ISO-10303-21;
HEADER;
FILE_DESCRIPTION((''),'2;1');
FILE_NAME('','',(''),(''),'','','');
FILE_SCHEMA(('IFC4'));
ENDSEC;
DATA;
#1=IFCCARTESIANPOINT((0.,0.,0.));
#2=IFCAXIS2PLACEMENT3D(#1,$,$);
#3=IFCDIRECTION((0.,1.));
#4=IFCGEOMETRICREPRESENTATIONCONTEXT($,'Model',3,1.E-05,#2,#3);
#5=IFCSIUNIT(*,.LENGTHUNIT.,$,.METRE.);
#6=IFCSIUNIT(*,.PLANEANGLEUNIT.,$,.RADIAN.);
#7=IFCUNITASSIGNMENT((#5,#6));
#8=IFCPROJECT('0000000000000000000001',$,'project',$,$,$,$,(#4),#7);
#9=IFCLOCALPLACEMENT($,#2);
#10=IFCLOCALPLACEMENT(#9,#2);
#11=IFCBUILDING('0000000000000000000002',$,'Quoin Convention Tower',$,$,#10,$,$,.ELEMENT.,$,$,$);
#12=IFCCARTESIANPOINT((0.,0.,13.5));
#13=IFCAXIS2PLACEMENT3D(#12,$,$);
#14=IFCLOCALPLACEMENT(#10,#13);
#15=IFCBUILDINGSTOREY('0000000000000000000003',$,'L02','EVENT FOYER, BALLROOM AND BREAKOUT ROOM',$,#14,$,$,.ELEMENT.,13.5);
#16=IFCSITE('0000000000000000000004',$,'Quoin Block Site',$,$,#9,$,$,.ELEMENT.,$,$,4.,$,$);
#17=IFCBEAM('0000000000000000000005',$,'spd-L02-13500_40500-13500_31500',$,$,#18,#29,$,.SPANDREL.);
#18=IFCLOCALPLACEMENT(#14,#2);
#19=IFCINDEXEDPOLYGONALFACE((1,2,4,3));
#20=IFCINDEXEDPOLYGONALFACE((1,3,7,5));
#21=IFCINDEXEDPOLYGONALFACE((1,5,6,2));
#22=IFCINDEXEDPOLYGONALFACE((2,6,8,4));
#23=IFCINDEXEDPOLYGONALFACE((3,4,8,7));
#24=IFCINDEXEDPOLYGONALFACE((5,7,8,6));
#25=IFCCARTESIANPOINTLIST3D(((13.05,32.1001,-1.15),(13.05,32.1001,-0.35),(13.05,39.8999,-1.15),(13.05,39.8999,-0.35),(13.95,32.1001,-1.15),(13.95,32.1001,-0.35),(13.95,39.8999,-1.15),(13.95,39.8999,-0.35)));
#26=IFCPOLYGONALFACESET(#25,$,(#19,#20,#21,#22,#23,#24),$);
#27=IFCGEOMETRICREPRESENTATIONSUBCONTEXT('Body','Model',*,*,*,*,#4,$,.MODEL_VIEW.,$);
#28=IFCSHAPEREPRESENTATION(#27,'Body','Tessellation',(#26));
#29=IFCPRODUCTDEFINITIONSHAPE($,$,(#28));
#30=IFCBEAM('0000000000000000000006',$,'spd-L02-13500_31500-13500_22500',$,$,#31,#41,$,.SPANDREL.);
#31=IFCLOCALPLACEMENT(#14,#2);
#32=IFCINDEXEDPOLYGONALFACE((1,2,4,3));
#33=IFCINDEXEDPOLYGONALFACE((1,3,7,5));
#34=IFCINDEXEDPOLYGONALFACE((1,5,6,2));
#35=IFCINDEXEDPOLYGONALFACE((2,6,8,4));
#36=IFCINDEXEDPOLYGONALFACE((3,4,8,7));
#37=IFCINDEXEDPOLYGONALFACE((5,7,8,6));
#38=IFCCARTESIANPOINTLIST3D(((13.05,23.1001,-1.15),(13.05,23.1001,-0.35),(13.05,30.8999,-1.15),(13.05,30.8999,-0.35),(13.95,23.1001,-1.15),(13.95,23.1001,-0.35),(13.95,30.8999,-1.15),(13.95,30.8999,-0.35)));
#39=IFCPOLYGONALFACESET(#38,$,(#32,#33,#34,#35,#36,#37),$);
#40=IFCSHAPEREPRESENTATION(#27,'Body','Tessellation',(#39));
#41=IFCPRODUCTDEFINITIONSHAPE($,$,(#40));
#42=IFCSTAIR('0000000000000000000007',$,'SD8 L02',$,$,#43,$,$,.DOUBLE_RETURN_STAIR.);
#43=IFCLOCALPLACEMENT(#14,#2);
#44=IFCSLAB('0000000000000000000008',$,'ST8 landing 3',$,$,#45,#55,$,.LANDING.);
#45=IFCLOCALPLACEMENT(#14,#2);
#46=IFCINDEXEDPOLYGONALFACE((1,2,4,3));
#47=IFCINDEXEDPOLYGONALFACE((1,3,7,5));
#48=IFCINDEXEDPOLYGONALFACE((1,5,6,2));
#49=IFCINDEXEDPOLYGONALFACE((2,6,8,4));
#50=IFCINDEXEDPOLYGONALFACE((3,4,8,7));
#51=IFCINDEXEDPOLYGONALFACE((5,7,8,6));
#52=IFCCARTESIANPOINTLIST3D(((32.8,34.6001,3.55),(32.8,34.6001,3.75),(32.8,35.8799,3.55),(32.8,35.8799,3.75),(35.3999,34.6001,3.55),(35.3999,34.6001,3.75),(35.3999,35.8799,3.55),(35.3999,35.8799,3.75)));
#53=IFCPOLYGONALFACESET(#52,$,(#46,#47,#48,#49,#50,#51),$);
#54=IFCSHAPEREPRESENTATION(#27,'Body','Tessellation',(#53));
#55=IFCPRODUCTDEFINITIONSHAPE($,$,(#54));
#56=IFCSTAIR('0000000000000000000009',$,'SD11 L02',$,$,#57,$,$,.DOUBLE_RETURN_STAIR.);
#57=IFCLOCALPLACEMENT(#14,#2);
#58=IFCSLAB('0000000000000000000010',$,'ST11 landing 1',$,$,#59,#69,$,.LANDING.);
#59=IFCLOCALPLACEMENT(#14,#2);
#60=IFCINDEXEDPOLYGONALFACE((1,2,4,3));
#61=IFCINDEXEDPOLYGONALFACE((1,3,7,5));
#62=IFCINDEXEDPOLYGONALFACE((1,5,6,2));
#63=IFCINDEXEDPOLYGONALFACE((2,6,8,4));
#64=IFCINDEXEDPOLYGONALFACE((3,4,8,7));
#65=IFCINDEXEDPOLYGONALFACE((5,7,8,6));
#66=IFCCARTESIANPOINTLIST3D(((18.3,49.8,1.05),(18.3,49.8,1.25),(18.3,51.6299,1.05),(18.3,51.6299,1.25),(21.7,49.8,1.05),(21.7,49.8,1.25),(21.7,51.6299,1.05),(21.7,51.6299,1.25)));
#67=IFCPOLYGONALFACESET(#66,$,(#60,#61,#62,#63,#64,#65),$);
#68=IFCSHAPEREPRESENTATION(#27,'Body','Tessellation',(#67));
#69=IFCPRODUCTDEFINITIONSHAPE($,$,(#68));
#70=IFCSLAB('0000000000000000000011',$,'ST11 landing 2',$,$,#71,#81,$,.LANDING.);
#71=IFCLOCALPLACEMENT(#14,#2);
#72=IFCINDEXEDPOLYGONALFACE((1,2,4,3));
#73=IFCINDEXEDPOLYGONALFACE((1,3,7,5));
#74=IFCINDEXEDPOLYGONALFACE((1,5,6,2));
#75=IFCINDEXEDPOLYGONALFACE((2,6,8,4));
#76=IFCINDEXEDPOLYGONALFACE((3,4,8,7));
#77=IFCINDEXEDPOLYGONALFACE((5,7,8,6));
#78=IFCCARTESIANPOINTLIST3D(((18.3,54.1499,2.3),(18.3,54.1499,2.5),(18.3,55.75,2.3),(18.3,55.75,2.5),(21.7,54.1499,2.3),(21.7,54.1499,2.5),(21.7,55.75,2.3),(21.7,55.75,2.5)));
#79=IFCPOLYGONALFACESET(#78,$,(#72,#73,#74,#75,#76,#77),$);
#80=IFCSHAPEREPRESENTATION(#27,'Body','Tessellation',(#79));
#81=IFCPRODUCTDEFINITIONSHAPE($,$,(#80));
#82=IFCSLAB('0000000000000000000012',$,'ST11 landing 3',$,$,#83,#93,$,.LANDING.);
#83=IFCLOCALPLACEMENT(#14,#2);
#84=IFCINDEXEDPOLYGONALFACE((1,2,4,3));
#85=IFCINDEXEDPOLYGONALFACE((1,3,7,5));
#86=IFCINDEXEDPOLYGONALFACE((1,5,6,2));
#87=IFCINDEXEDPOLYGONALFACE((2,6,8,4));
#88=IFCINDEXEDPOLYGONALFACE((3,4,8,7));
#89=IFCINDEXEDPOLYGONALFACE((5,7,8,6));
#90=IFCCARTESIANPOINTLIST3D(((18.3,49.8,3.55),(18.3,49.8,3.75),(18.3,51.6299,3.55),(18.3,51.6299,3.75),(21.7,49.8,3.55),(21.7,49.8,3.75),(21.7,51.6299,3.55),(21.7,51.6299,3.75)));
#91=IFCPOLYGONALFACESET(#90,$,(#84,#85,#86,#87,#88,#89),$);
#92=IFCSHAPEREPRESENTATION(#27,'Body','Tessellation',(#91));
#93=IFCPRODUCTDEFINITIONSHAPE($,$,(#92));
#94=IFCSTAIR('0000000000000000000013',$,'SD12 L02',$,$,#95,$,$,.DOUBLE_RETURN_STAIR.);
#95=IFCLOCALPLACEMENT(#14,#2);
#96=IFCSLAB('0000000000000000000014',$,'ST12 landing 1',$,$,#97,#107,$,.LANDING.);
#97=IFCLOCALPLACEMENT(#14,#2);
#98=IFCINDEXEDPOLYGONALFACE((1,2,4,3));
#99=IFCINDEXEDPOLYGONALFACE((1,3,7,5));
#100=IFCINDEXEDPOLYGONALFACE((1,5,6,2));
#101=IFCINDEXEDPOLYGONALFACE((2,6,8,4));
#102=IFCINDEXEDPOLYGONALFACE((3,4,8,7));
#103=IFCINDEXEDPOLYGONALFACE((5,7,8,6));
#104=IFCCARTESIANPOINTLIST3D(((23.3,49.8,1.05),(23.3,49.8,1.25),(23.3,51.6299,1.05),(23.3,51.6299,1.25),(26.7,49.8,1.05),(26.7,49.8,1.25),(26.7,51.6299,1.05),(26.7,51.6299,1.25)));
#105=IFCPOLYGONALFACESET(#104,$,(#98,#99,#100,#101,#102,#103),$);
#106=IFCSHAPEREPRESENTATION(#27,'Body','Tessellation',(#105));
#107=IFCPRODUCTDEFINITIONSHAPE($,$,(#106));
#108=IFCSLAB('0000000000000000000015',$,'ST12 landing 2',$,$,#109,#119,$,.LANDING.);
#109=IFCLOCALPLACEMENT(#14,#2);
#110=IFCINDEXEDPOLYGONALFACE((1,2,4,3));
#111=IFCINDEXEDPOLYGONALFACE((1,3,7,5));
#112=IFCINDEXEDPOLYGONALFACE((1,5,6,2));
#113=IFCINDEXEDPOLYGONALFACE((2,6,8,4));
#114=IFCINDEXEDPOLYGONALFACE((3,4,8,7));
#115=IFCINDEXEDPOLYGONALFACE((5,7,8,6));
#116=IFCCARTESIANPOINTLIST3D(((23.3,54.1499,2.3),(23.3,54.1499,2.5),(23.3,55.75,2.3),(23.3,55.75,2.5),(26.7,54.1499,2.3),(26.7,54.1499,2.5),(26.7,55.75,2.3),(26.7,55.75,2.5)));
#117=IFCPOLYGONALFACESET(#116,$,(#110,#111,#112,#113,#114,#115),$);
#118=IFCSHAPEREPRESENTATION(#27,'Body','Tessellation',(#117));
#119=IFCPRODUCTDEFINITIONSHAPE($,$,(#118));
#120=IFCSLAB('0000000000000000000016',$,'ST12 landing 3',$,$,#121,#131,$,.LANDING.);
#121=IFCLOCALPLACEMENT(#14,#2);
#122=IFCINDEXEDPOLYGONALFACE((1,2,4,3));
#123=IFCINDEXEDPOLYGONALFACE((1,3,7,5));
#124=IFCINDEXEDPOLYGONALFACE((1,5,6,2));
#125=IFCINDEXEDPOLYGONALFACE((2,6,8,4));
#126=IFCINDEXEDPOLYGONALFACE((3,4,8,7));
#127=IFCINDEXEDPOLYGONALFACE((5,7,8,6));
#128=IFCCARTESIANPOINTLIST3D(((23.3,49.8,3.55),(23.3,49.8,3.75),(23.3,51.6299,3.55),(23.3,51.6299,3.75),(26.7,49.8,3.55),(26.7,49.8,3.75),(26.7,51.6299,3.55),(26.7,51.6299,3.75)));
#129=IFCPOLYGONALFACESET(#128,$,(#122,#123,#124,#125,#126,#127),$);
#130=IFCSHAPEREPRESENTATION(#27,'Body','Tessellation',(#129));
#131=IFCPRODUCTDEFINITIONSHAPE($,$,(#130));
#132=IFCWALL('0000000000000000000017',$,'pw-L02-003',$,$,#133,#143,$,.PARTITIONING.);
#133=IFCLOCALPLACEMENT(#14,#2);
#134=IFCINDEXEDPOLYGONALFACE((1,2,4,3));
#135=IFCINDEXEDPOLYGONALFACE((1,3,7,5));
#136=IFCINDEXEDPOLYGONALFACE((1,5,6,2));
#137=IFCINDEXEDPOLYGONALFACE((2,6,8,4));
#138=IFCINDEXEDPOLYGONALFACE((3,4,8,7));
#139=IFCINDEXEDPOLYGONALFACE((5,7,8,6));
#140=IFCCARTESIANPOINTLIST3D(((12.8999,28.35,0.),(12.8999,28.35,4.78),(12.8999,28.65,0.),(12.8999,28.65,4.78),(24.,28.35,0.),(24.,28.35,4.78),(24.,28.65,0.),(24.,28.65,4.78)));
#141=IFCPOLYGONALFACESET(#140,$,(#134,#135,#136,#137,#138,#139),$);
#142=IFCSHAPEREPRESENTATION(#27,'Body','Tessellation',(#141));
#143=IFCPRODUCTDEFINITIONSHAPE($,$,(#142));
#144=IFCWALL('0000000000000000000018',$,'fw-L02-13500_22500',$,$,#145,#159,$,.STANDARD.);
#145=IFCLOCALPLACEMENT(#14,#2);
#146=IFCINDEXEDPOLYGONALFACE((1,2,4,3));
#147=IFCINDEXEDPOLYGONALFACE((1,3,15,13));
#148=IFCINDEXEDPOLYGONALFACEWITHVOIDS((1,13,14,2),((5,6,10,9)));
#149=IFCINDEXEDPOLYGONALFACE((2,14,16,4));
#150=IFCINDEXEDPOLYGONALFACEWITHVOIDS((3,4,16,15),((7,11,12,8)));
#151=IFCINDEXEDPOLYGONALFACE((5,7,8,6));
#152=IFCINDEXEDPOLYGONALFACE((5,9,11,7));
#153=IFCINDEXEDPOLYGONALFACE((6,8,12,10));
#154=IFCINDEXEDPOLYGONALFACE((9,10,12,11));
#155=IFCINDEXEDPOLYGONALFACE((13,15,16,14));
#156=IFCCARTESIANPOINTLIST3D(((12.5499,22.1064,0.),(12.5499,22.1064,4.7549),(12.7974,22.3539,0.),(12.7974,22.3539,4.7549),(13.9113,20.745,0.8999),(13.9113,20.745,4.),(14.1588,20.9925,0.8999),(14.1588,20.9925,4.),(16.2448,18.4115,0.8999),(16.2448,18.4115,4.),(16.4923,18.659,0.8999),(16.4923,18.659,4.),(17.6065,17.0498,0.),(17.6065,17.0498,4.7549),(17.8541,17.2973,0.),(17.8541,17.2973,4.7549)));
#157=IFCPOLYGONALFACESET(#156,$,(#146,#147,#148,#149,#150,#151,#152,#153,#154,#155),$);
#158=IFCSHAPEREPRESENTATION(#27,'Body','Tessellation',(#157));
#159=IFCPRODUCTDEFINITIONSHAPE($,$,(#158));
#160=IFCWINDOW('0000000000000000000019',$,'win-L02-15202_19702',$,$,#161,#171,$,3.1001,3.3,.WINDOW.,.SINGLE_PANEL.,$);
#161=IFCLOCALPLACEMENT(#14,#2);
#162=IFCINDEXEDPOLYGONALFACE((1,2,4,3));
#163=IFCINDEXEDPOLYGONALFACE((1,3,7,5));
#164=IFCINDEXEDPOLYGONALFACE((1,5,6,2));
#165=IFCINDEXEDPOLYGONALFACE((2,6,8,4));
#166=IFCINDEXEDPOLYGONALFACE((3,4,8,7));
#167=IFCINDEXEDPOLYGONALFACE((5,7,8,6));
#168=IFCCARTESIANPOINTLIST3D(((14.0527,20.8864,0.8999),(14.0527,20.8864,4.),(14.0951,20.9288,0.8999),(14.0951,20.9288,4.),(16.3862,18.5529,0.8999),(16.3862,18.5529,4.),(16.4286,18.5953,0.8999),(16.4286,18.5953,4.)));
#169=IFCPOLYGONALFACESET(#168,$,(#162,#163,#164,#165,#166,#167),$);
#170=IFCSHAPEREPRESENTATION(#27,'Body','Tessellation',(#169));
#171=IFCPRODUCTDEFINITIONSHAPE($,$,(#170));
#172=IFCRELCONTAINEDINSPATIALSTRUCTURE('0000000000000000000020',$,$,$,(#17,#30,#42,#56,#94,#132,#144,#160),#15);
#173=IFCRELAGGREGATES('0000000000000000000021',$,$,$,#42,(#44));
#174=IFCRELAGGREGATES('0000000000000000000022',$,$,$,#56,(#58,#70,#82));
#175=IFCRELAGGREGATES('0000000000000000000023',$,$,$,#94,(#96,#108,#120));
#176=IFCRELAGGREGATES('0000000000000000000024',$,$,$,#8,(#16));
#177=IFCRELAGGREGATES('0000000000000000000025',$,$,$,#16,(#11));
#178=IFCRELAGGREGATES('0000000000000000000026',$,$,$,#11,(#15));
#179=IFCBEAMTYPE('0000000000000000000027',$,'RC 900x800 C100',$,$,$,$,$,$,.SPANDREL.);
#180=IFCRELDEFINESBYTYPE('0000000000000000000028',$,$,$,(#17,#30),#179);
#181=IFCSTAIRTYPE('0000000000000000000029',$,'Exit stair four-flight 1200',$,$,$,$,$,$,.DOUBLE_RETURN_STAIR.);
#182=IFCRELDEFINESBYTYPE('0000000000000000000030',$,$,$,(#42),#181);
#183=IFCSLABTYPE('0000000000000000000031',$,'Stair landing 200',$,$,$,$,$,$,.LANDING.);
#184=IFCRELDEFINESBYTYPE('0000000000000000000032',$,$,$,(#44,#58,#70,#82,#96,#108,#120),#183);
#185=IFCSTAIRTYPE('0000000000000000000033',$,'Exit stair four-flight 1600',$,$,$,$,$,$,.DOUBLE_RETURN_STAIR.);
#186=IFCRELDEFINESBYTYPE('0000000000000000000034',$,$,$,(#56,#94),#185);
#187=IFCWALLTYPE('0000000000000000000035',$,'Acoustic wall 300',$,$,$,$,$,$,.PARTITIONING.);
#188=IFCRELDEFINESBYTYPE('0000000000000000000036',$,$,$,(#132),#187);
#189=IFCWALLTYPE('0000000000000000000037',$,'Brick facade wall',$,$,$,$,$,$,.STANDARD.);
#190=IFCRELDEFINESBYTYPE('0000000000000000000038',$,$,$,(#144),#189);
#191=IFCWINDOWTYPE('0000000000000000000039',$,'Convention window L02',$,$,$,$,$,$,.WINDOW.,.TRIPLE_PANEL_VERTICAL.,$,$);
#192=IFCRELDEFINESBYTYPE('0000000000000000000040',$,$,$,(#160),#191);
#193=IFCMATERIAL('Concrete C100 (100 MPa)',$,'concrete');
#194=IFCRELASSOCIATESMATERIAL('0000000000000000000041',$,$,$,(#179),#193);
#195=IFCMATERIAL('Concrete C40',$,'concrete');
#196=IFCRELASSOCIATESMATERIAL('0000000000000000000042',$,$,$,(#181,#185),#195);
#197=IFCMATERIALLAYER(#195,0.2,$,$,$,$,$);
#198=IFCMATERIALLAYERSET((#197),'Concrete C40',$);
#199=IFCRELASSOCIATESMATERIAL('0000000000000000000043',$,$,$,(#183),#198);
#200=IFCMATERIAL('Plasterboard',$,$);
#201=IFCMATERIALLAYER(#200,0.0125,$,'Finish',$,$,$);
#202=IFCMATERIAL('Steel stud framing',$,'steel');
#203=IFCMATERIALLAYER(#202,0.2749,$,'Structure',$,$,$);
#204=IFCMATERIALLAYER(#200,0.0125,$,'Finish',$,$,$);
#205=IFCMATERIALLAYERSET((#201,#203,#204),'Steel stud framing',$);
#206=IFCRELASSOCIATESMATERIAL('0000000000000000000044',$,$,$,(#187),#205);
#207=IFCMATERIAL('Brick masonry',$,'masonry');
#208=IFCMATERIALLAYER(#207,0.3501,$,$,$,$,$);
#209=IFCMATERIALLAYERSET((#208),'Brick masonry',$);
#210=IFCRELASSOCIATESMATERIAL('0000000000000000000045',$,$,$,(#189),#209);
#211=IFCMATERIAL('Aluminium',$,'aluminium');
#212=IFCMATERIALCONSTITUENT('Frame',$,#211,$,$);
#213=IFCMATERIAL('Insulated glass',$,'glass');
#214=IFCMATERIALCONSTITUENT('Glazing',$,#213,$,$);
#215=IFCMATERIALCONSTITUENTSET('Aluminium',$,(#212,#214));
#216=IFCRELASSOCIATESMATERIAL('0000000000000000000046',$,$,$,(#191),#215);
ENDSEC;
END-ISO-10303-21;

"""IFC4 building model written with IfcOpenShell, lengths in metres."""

from ifc_helpers import new_model, si_unit, direction, frame, frame_2d, origin, origin_2d, place, context, subcontext, project, spatial, polyline, rectangle, outline, extrude, material, layer, layer_set, constituent, constituent_set, material_profile, profile_set, type_object, element, fill, aggregate, save


model = new_model("IFC4")

# Units and contexts
model_context = context("Model", 3, precision=1e-05, world=origin(), true_north=direction((0.0, 1.0)))
body_context = subcontext(model_context, "Body", "Model", "MODEL_VIEW")
ifc_project = project(units=[si_unit("LENGTHUNIT", "METRE"), si_unit("PLANEANGLEUNIT", "RADIAN")], contexts=[model_context])

# Site, building, storey
site_placement = place(None, origin())
site = spatial("IfcSite", under=ifc_project, at=site_placement, Name="Quoin Block Site", CompositionType="ELEMENT", RefElevation=4.0)
building_placement = place(site_placement, origin())
building = spatial("IfcBuilding", under=site, at=building_placement, Name="Quoin Convention Tower", CompositionType="ELEMENT")
storey_placement = place(building_placement, frame((0.0, 0.0, 13.5)))
storey = spatial("IfcBuildingStorey", under=building, at=storey_placement, Name="L02", Description="EVENT FOYER, BALLROOM AND BREAKOUT ROOM", CompositionType="ELEMENT", Elevation=13.5)

# Shared definitions
ifc_material_1 = material(Name="Concrete C100 (100 MPa)", Category="concrete")

# Beams
ifc_material_profile_1 = material_profile(ifc_material_1, rectangle(XDim=0.8999, YDim=0.8, at=origin_2d()), Name="RC 900x800")
ifc_profile_set_1 = profile_set([ifc_material_profile_1], Name="Concrete C100 (100 MPa)")
beam_type_1 = type_object("IfcBeamType", Name="RC 900x800 C100", PredefinedType="SPANDREL", material=ifc_profile_set_1)
for number, where, z_axis, x_axis, name in (
    (1, (13.5, 39.8999, -0.75), (0.0, -1.0, 0.0), (1.0, 0.0, 0.0), "spd-L02-13500_40500-13500_31500"),
    (2, (13.5, 30.8999, -0.75), (0.0, -1.0, 0.0), (1.0, 0.0, 0.0), "spd-L02-13500_31500-13500_22500"),
):
    element("IfcBeam", number, at=place(storey_placement, frame(where, z_axis=z_axis, x_axis=x_axis)), inside=storey, type_object=beam_type_1, Name=name, PredefinedType="SPANDREL", context=body_context, shape_type="SweptSolid", body=[
        extrude(rectangle(XDim=0.8999, YDim=0.8, at=origin_2d()), origin(), (0.0, 0.0, 1.0), 7.7998),
    ])

# Stair, slab
ifc_material_2 = material(Name="Concrete C40", Category="concrete")
stair_type_1 = type_object("IfcStairType", Name="Exit stair four-flight 1200", PredefinedType="DOUBLE_RETURN_STAIR", material=ifc_material_2)
stair_1_placement = place(storey_placement, origin())
stair_1 = element("IfcStair", 3, at=stair_1_placement, inside=storey, type_object=stair_type_1, Name="SD8 L02", PredefinedType="DOUBLE_RETURN_STAIR")
ifc_layer_1 = layer(ifc_material_2, 0.2)
ifc_layer_set_1 = layer_set([ifc_layer_1], Name="Concrete C40")
slab_type = type_object("IfcSlabType", Name="Stair landing 200", PredefinedType="LANDING", material=ifc_layer_set_1)
slab_1_placement = place(storey_placement, frame((0.0, 0.0, 3.55)))
slab_1 = element("IfcSlab", 4, at=slab_1_placement, type_object=slab_type, Name="ST8 landing 3", PredefinedType="LANDING", context=body_context, shape_type="SweptSolid", body=[
    extrude(outline(polyline([(35.3999, 35.8799), (32.8, 35.8799), (32.8, 34.6001), (35.3999, 34.6001), (35.3999, 35.8799)])), origin(), (0.0, 0.0, 1.0), 0.2),
])
aggregate(stair_1, [slab_1])

# Stairs, slabs
stair_type_2 = type_object("IfcStairType", Name="Exit stair four-flight 1600", PredefinedType="DOUBLE_RETURN_STAIR", material=ifc_material_2)
stair_2_placement = place(storey_placement, origin())
stair_2 = element("IfcStair", 5, at=stair_2_placement, inside=storey, type_object=stair_type_2, Name="SD11 L02", PredefinedType="DOUBLE_RETURN_STAIR")
slab_2_placement = place(storey_placement, frame((0.0, 0.0, 1.05)))
slab_2 = element("IfcSlab", 6, at=slab_2_placement, type_object=slab_type, Name="ST11 landing 1", PredefinedType="LANDING", context=body_context, shape_type="SweptSolid", body=[
    extrude(outline(polyline([(21.7, 51.6299), (18.3, 51.6299), (18.3, 49.8), (21.7, 49.8), (21.7, 51.6299)])), origin(), (0.0, 0.0, 1.0), 0.2),
])
slab_3_placement = place(storey_placement, frame((0.0, 0.0, 2.3)))
slab_3 = element("IfcSlab", 7, at=slab_3_placement, type_object=slab_type, Name="ST11 landing 2", PredefinedType="LANDING", context=body_context, shape_type="SweptSolid", body=[
    extrude(outline(polyline([(21.7, 55.75), (18.3, 55.75), (18.3, 54.1499), (21.7, 54.1499), (21.7, 55.75)])), origin(), (0.0, 0.0, 1.0), 0.2),
])
slab_4_placement = place(storey_placement, frame((0.0, 0.0, 3.55)))
slab_4 = element("IfcSlab", 8, at=slab_4_placement, type_object=slab_type, Name="ST11 landing 3", PredefinedType="LANDING", context=body_context, shape_type="SweptSolid", body=[
    extrude(outline(polyline([(21.7, 51.6299), (18.3, 51.6299), (18.3, 49.8), (21.7, 49.8), (21.7, 51.6299)])), origin(), (0.0, 0.0, 1.0), 0.2),
])
aggregate(stair_2, [slab_2, slab_3, slab_4])
stair_3_placement = place(storey_placement, origin())
stair_3 = element("IfcStair", 9, at=stair_3_placement, inside=storey, type_object=stair_type_2, Name="SD12 L02", PredefinedType="DOUBLE_RETURN_STAIR")
slab_5_placement = place(storey_placement, frame((0.0, 0.0, 1.05)))
slab_5 = element("IfcSlab", 10, at=slab_5_placement, type_object=slab_type, Name="ST12 landing 1", PredefinedType="LANDING", context=body_context, shape_type="SweptSolid", body=[
    extrude(outline(polyline([(26.7, 51.6299), (23.3, 51.6299), (23.3, 49.8), (26.7, 49.8), (26.7, 51.6299)])), origin(), (0.0, 0.0, 1.0), 0.2),
])
slab_6_placement = place(storey_placement, frame((0.0, 0.0, 2.3)))
slab_6 = element("IfcSlab", 11, at=slab_6_placement, type_object=slab_type, Name="ST12 landing 2", PredefinedType="LANDING", context=body_context, shape_type="SweptSolid", body=[
    extrude(outline(polyline([(26.7, 55.75), (23.3, 55.75), (23.3, 54.1499), (26.7, 54.1499), (26.7, 55.75)])), origin(), (0.0, 0.0, 1.0), 0.2),
])
slab_7_placement = place(storey_placement, frame((0.0, 0.0, 3.55)))
slab_7 = element("IfcSlab", 12, at=slab_7_placement, type_object=slab_type, Name="ST12 landing 3", PredefinedType="LANDING", context=body_context, shape_type="SweptSolid", body=[
    extrude(outline(polyline([(26.7, 51.6299), (23.3, 51.6299), (23.3, 49.8), (26.7, 49.8), (26.7, 51.6299)])), origin(), (0.0, 0.0, 1.0), 0.2),
])
aggregate(stair_3, [slab_5, slab_6, slab_7])

# Wall
ifc_material_3 = material(Name="Plasterboard")
ifc_layer_2 = layer(ifc_material_3, 0.0125, Name="Finish")
ifc_material_4 = material(Name="Steel stud framing", Category="steel")
ifc_layer_3 = layer(ifc_material_4, 0.2749, Name="Structure")
ifc_layer_4 = layer(ifc_material_3, 0.0125, Name="Finish")
ifc_layer_set_2 = layer_set([ifc_layer_2, ifc_layer_3, ifc_layer_4], Name="Steel stud framing")
wall_type_1 = type_object("IfcWallType", Name="Acoustic wall 300", PredefinedType="PARTITIONING", material=ifc_layer_set_2)
wall_1_placement = place(storey_placement, frame((12.8999, 28.5, 0.0), z_axis=(0.0, 0.0, 1.0), x_axis=(1.0, 0.0, 0.0)))
element("IfcWall", 13, at=wall_1_placement, inside=storey, type_object=wall_type_1, Name="pw-L02-003", PredefinedType="PARTITIONING", context=body_context, shape_type="SweptSolid", body=[
    extrude(rectangle(XDim=11.1001, YDim=0.3, at=frame_2d((5.55, 0.0))), origin(), (0.0, 0.0, 1.0), 4.78),
])

# Wall, opening, window
ifc_material_5 = material(Name="Brick masonry", Category="masonry")
ifc_layer_5 = layer(ifc_material_5, 0.3501)
ifc_layer_set_3 = layer_set([ifc_layer_5], Name="Brick masonry")
wall_type_2 = type_object("IfcWallType", Name="Brick facade wall", PredefinedType="STANDARD", material=ifc_layer_set_3)
wall_2_placement = place(storey_placement, frame((12.6736, 22.2302, 0.0), z_axis=(0.0, 0.0, 1.0), x_axis=(0.707107, -0.707107, 0.0)))
wall_2 = element("IfcWall", 14, at=wall_2_placement, inside=storey, type_object=wall_type_2, Name="fw-L02-13500_22500", PredefinedType="STANDARD", context=body_context, shape_type="SweptSolid", body=[
    extrude(rectangle(XDim=7.1511, YDim=0.3501, at=frame_2d((3.5757, 0.0))), origin(), (0.0, 0.0, 1.0), 4.7549),
])
opening_1_placement = place(wall_2_placement, frame((1.9255, 0.0, 0.8999)))
opening_1 = element("IfcOpeningElement", 15, at=opening_1_placement, cuts=wall_2, PredefinedType="OPENING", context=body_context, shape_type="SweptSolid", body=[
    extrude(rectangle(XDim=3.3, YDim=3.1001, at=frame_2d((1.6499, 1.55))), frame((0.0, 0.1851, 0.0), z_axis=(0.0, -1.0, 0.0), x_axis=(1.0, 0.0, 0.0)), (0.0, 0.0, 1.0), 0.3701),
])
ifc_material_6 = material(Name="Aluminium", Category="aluminium")
ifc_constituent_1 = constituent(ifc_material_6, Name="Frame")
ifc_material_7 = material(Name="Insulated glass", Category="glass")
ifc_constituent_2 = constituent(ifc_material_7, Name="Glazing")
ifc_constituent_set = constituent_set(constituents=[ifc_constituent_1, ifc_constituent_2], Name="Aluminium")
window_type = type_object("IfcWindowType", Name="Convention window L02", PartitioningType="TRIPLE_PANEL_VERTICAL", PredefinedType="WINDOW", material=ifc_constituent_set)
window_1_placement = place(opening_1_placement, origin())
window_1 = element("IfcWindow", 16, at=window_1_placement, inside=storey, type_object=window_type, Name="win-L02-15202_19702", OverallHeight=3.1001, OverallWidth=3.3, PartitioningType="SINGLE_PANEL", PredefinedType="WINDOW", context=body_context, shape_type="SweptSolid", body=[
    extrude(rectangle(XDim=3.3, YDim=3.1001, at=frame_2d((1.6499, 1.55))), frame((0.0, 0.085, 0.0), z_axis=(0.0, -1.0, 0.0), x_axis=(1.0, 0.0, 0.0)), (0.0, 0.0, 1.0), 0.0601),
])
fill(opening_1, window_1)

save(model, "model.ifc")
